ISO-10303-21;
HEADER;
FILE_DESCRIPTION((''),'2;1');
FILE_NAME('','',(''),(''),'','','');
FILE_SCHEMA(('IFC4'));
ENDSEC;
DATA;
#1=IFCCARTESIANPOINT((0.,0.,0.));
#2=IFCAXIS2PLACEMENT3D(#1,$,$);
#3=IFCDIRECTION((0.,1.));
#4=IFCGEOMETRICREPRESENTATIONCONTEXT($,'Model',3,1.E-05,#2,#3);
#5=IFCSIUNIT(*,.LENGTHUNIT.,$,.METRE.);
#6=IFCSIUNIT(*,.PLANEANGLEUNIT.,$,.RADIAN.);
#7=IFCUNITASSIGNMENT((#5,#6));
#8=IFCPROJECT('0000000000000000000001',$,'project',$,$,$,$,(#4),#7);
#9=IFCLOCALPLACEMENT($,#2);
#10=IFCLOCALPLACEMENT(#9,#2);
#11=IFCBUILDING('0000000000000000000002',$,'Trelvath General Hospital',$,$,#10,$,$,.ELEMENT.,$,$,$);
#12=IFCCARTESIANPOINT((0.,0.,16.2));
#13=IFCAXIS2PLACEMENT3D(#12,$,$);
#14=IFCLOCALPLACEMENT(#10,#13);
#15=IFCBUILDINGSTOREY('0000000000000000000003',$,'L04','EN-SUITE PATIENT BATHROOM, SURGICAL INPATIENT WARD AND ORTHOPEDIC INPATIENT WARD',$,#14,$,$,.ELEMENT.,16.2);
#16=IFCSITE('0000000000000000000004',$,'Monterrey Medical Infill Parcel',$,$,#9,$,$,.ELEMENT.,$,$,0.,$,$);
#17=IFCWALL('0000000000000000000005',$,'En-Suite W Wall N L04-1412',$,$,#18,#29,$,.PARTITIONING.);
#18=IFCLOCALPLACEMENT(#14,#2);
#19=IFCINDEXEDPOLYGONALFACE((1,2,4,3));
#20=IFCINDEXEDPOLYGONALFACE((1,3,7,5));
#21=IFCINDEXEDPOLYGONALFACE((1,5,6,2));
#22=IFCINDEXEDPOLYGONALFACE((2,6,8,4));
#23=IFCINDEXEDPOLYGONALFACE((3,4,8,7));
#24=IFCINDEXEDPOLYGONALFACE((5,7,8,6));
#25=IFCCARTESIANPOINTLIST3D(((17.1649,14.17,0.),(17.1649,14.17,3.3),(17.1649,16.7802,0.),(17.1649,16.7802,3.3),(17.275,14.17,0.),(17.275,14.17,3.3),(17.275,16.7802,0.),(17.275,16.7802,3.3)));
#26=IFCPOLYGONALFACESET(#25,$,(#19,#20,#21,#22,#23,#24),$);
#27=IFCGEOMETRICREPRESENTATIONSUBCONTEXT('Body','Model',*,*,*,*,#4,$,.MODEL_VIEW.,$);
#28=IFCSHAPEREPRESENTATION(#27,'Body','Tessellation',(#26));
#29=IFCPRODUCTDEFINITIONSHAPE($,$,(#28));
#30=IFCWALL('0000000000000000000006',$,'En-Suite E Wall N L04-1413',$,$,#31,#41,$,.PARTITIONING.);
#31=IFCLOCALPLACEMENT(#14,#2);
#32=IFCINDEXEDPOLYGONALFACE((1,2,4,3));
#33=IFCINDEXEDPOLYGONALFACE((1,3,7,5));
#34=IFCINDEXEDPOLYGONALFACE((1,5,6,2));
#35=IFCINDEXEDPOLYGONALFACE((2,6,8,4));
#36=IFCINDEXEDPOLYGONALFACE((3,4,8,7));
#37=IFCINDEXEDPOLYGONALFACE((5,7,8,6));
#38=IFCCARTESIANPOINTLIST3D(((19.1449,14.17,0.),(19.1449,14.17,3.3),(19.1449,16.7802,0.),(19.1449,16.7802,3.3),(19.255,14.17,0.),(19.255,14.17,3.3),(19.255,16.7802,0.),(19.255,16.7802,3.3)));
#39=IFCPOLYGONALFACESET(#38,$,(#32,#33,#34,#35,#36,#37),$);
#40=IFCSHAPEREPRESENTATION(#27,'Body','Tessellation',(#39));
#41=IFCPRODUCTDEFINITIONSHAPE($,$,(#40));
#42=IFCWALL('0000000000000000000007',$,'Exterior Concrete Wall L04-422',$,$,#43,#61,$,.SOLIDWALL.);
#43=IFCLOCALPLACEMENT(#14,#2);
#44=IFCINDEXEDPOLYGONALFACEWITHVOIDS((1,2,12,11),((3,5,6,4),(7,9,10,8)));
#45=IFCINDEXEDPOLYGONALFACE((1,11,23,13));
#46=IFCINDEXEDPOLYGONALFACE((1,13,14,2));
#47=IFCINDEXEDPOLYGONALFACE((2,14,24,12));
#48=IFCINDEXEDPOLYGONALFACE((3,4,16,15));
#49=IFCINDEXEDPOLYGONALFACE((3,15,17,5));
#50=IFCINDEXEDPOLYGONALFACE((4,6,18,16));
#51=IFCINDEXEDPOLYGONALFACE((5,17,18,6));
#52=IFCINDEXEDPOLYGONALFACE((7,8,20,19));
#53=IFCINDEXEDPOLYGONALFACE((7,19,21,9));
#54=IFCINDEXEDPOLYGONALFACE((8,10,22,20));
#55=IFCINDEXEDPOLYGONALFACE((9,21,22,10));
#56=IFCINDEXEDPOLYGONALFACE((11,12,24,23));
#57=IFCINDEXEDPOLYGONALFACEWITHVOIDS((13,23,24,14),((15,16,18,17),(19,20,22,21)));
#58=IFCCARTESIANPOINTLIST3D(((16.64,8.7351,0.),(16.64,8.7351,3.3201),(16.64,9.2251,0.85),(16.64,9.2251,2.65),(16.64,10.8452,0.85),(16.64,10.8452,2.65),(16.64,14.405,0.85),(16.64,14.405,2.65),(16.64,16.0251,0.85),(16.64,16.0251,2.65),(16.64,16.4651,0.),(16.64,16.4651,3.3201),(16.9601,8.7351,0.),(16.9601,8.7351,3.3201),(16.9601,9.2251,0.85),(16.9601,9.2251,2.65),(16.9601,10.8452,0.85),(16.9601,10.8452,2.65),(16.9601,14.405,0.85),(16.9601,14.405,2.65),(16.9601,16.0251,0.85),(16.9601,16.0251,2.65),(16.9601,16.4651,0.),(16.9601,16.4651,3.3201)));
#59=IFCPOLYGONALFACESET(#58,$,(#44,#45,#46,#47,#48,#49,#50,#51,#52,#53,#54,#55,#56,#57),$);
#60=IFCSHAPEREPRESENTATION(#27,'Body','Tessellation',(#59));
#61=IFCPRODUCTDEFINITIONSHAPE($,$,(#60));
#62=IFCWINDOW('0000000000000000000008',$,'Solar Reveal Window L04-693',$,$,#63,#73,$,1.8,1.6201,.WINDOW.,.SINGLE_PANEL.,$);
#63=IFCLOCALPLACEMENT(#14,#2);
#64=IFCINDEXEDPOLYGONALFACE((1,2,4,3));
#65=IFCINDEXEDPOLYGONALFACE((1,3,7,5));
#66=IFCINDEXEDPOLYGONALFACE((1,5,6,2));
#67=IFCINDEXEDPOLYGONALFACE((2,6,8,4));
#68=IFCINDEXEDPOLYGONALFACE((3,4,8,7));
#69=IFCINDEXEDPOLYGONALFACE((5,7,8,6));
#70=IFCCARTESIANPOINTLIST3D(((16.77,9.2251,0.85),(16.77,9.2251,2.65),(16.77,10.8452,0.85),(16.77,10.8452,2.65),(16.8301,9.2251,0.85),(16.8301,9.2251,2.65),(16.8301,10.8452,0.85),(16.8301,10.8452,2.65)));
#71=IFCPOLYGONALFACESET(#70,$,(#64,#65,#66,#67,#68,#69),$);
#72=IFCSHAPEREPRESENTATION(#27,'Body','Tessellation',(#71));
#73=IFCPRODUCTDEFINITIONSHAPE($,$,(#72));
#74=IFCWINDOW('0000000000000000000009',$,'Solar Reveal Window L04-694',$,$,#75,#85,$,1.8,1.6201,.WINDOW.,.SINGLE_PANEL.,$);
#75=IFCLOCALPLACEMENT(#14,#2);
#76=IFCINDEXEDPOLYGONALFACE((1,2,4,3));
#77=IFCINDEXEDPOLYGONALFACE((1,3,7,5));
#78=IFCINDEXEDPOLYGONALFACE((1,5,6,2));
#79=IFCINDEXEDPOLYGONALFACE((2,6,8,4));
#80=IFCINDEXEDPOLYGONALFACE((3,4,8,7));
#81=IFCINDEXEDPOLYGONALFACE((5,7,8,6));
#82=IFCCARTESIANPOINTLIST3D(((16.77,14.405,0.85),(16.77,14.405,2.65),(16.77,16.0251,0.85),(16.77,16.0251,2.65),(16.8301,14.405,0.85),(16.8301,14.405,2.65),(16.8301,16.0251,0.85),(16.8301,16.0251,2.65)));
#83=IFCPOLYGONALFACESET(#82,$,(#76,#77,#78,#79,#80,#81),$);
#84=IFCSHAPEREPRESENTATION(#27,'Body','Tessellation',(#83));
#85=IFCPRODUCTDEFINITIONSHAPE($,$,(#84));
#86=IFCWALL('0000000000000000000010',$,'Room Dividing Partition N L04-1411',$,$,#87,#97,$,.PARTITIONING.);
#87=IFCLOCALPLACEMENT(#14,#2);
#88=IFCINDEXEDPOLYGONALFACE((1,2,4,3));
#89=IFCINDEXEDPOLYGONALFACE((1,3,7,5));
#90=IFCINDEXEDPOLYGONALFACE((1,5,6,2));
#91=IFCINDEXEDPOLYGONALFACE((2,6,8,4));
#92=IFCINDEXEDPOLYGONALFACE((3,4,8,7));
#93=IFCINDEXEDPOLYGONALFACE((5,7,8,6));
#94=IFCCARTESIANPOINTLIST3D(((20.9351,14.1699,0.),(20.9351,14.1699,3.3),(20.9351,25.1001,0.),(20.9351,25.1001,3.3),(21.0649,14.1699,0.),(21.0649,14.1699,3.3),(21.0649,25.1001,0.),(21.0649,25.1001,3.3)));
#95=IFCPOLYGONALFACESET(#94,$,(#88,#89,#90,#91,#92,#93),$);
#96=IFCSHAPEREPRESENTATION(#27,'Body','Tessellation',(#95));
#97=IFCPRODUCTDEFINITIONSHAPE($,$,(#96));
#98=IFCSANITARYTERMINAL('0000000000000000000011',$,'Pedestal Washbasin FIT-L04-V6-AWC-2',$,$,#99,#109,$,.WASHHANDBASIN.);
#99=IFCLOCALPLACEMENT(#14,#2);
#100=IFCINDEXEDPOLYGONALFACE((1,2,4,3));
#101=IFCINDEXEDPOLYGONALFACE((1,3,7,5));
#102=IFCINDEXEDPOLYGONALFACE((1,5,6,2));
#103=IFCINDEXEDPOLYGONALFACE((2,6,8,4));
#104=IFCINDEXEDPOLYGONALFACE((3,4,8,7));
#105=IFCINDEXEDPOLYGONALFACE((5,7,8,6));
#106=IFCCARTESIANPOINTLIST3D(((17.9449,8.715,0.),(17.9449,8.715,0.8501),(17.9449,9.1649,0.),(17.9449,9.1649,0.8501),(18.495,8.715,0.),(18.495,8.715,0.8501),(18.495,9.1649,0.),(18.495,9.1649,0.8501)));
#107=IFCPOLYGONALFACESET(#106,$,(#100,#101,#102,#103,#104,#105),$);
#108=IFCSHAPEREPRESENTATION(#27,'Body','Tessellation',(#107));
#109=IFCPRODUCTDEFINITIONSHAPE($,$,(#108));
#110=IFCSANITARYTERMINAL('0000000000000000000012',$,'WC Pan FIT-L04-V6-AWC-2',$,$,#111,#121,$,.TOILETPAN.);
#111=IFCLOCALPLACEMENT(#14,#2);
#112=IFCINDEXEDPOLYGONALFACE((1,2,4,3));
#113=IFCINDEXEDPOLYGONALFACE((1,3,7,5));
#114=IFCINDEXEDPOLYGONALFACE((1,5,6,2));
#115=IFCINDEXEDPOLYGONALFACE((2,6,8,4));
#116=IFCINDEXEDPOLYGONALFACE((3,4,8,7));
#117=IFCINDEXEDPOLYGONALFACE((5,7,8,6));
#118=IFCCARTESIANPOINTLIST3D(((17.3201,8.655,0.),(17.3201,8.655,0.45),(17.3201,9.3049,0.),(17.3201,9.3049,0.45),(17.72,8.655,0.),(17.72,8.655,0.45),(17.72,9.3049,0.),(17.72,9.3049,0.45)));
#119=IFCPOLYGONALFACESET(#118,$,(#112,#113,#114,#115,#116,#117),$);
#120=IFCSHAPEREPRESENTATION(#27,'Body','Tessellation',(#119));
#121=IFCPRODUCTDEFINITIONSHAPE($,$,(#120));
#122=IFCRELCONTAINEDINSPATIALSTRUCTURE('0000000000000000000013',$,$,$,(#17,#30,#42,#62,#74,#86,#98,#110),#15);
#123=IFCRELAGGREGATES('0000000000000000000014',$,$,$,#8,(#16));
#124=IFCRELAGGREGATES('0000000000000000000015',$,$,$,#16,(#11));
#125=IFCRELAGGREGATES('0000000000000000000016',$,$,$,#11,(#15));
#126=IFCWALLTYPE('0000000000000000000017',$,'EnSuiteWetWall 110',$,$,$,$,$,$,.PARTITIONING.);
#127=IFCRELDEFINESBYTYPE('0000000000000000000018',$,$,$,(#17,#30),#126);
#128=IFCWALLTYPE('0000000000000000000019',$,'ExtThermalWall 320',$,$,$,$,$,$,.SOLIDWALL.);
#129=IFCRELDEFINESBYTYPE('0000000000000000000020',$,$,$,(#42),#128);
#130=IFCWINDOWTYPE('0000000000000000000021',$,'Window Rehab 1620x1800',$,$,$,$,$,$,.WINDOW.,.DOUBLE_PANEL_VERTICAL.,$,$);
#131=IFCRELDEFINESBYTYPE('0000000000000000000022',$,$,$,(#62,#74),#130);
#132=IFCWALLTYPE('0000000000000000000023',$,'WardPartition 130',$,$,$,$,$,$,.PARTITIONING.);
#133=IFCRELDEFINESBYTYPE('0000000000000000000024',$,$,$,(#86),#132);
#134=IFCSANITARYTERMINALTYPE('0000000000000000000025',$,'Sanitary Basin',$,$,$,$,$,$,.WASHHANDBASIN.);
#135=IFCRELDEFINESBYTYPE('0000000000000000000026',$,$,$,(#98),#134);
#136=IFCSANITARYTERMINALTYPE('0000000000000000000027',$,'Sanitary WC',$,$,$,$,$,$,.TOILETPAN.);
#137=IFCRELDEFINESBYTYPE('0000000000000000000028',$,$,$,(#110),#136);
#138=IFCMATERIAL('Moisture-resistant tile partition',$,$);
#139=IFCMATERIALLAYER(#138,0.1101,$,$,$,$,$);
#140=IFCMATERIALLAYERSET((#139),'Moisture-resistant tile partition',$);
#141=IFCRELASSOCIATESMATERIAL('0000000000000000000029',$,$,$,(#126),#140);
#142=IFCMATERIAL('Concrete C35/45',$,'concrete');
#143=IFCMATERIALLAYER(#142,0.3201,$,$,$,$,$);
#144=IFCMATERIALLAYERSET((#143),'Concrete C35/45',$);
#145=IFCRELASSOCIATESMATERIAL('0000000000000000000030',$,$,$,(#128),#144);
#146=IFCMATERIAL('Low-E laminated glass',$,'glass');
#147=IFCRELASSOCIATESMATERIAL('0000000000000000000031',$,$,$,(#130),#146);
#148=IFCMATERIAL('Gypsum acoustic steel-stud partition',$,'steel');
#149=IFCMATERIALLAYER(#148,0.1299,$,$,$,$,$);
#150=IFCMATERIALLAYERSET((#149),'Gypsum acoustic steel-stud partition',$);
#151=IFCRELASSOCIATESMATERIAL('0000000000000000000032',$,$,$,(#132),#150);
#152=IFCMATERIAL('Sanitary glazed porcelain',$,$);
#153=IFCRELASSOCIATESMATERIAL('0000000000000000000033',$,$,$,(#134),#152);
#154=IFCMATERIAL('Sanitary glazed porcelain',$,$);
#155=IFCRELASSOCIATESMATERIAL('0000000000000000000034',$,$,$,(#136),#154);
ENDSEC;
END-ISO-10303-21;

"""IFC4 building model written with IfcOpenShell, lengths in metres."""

from ifc_helpers import new_model, si_unit, direction, frame, frame_2d, origin, origin_2d, place, context, subcontext, project, spatial, rectangle, extrude, material, layer, layer_set, type_object, element, fill, save


model = new_model("IFC4")

# Units and contexts
model_context = context("Model", 3, precision=1e-05, world=origin(), true_north=direction((0.0, 1.0)))
body_context = subcontext(model_context, "Body", "Model", "MODEL_VIEW")
ifc_project = project(units=[si_unit("LENGTHUNIT", "METRE"), si_unit("PLANEANGLEUNIT", "RADIAN")], contexts=[model_context])

# Site, building, storey
site_placement = place(None, origin())
site = spatial("IfcSite", under=ifc_project, at=site_placement, Name="Monterrey Medical Infill Parcel", CompositionType="ELEMENT", RefElevation=0.0)
building_placement = place(site_placement, origin())
building = spatial("IfcBuilding", under=site, at=building_placement, Name="Trelvath General Hospital", CompositionType="ELEMENT")
storey_placement = place(building_placement, frame((0.0, 0.0, 16.2)))
storey = spatial("IfcBuildingStorey", under=building, at=storey_placement, Name="L04", Description="EN-SUITE PATIENT BATHROOM, SURGICAL INPATIENT WARD AND ORTHOPEDIC INPATIENT WARD", CompositionType="ELEMENT", Elevation=16.2)

# Walls
ifc_material_1 = material(Name="Moisture-resistant tile partition")
ifc_layer_1 = layer(ifc_material_1, 0.1101)
ifc_layer_set_1 = layer_set([ifc_layer_1], Name="Moisture-resistant tile partition")
wall_type_1 = type_object("IfcWallType", Name="EnSuiteWetWall 110", PredefinedType="PARTITIONING", material=ifc_layer_set_1)
for number, where, z_axis, x_axis, name in (
    (1, (17.22, 14.1699, 0.0), (0.0, 0.0, 1.0), (0.0, 1.0, 0.0), "En-Suite W Wall N L04-1412"),
    (2, (19.2, 14.1699, 0.0), (0.0, 0.0, 1.0), (0.0, 1.0, 0.0), "En-Suite E Wall N L04-1413"),
):
    element("IfcWall", number, at=place(storey_placement, frame(where, z_axis=z_axis, x_axis=x_axis)), inside=storey, type_object=wall_type_1, Name=name, PredefinedType="PARTITIONING", context=body_context, shape_type="SweptSolid", body=[
        extrude(rectangle(XDim=2.6101, YDim=0.1101, at=frame_2d((1.3052, 0.0))), origin(), (0.0, 0.0, 1.0), 3.3),
    ])

# Wall, openings, windows
ifc_material_2 = material(Name="Concrete C35/45", Category="concrete")
ifc_layer_2 = layer(ifc_material_2, 0.3201)
ifc_layer_set_2 = layer_set([ifc_layer_2], Name="Concrete C35/45")
wall_type_2 = type_object("IfcWallType", Name="ExtThermalWall 320", PredefinedType="SOLIDWALL", material=ifc_layer_set_2)
wall_1_placement = place(storey_placement, frame((16.8, 8.7351, 0.0), z_axis=(0.0, 0.0, 1.0), x_axis=(0.0, 1.0, 0.0)))
wall_1 = element("IfcWall", 3, at=wall_1_placement, inside=storey, type_object=wall_type_2, Name="Exterior Concrete Wall L04-422", PredefinedType="SOLIDWALL", context=body_context, shape_type="SweptSolid", body=[
    extrude(rectangle(XDim=7.73, YDim=0.3201, at=frame_2d((3.865, 0.0))), origin(), (0.0, 0.0, 1.0), 3.3201),
])
opening_1_placement = place(wall_1_placement, frame((0.49, 0.0, 0.8501)))
opening_1 = element("IfcOpeningElement", 4, at=opening_1_placement, cuts=wall_1, PredefinedType="OPENING", context=body_context, shape_type="SweptSolid", body=[
    extrude(rectangle(XDim=1.6201, YDim=1.8, at=frame_2d((0.8101, 0.8999))), frame((0.0, 0.1699, 0.0), z_axis=(0.0, -1.0, 0.0), x_axis=(1.0, 0.0, 0.0)), (0.0, 0.0, 1.0), 0.3401),
])
opening_2_placement = place(wall_1_placement, frame((5.6699, 0.0, 0.8501)))
opening_2 = element("IfcOpeningElement", 5, at=opening_2_placement, cuts=wall_1, PredefinedType="OPENING", context=body_context, shape_type="SweptSolid", body=[
    extrude(rectangle(XDim=1.6201, YDim=1.8, at=frame_2d((0.8101, 0.8999))), frame((0.0, 0.1699, 0.0), z_axis=(0.0, -1.0, 0.0), x_axis=(1.0, 0.0, 0.0)), (0.0, 0.0, 1.0), 0.3401),
])
ifc_material_3 = material(Name="Low-E laminated glass", Category="glass")
window_type = type_object("IfcWindowType", Name="Window Rehab 1620x1800", PartitioningType="DOUBLE_PANEL_VERTICAL", PredefinedType="WINDOW", material=ifc_material_3)
window_1_placement = place(opening_1_placement, origin())
window_1 = element("IfcWindow", 6, at=window_1_placement, inside=storey, type_object=window_type, Name="Solar Reveal Window L04-693", OverallHeight=1.8, OverallWidth=1.6201, PartitioningType="SINGLE_PANEL", PredefinedType="WINDOW", context=body_context, shape_type="SweptSolid", body=[
    extrude(rectangle(XDim=1.6201, YDim=1.8, at=frame_2d((0.8101, 0.8999))), frame((0.0, 0.03, 0.0), z_axis=(0.0, -1.0, 0.0), x_axis=(1.0, 0.0, 0.0)), (0.0, 0.0, 1.0), 0.0601),
])
fill(opening_1, window_1)
window_2_placement = place(opening_2_placement, origin())
window_2 = element("IfcWindow", 7, at=window_2_placement, inside=storey, type_object=window_type, Name="Solar Reveal Window L04-694", OverallHeight=1.8, OverallWidth=1.6201, PartitioningType="SINGLE_PANEL", PredefinedType="WINDOW", context=body_context, shape_type="SweptSolid", body=[
    extrude(rectangle(XDim=1.6201, YDim=1.8, at=frame_2d((0.8101, 0.8999))), frame((0.0, 0.03, 0.0), z_axis=(0.0, -1.0, 0.0), x_axis=(1.0, 0.0, 0.0)), (0.0, 0.0, 1.0), 0.0601),
])
fill(opening_2, window_2)

# Wall
ifc_material_4 = material(Name="Gypsum acoustic steel-stud partition", Category="steel")
ifc_layer_3 = layer(ifc_material_4, 0.1299)
ifc_layer_set_3 = layer_set([ifc_layer_3], Name="Gypsum acoustic steel-stud partition")
wall_type_3 = type_object("IfcWallType", Name="WardPartition 130", PredefinedType="PARTITIONING", material=ifc_layer_set_3)
wall_2_placement = place(storey_placement, frame((21.0, 14.1699, 0.0), z_axis=(0.0, 0.0, 1.0), x_axis=(0.0, 1.0, 0.0)))
element("IfcWall", 8, at=wall_2_placement, inside=storey, type_object=wall_type_3, Name="Room Dividing Partition N L04-1411", PredefinedType="PARTITIONING", context=body_context, shape_type="SweptSolid", body=[
    extrude(rectangle(XDim=10.9302, YDim=0.1299, at=frame_2d((5.4651, 0.0))), origin(), (0.0, 0.0, 1.0), 3.3),
])

# Sanitary terminals
ifc_material_5 = material(Name="Sanitary glazed porcelain")
sanitary_terminal_type_1 = type_object("IfcSanitaryTerminalType", Name="Sanitary Basin", PredefinedType="WASHHANDBASIN", material=ifc_material_5)
sanitary_terminal_1_placement = place(storey_placement, frame((18.22, 8.9399, 0.0), z_axis=(0.0, 0.0, 1.0), x_axis=(1.0, 0.0, 0.0)))
element("IfcSanitaryTerminal", 9, at=sanitary_terminal_1_placement, inside=storey, type_object=sanitary_terminal_type_1, Name="Pedestal Washbasin FIT-L04-V6-AWC-2", PredefinedType="WASHHANDBASIN", context=body_context, shape_type="SweptSolid", body=[
    extrude(rectangle(XDim=0.55, YDim=0.45, at=origin_2d()), origin(), (0.0, 0.0, 1.0), 0.8501),
])
ifc_material_6 = material(Name="Sanitary glazed porcelain")
sanitary_terminal_type_2 = type_object("IfcSanitaryTerminalType", Name="Sanitary WC", PredefinedType="TOILETPAN", material=ifc_material_6)
sanitary_terminal_2_placement = place(storey_placement, frame((17.52, 8.98, 0.0), z_axis=(0.0, 0.0, 1.0), x_axis=(1.0, 0.0, 0.0)))
element("IfcSanitaryTerminal", 10, at=sanitary_terminal_2_placement, inside=storey, type_object=sanitary_terminal_type_2, Name="WC Pan FIT-L04-V6-AWC-2", PredefinedType="TOILETPAN", context=body_context, shape_type="SweptSolid", body=[
    extrude(rectangle(XDim=0.3999, YDim=0.6499, at=origin_2d()), origin(), (0.0, 0.0, 1.0), 0.45),
])

save(model, "model.ifc")
